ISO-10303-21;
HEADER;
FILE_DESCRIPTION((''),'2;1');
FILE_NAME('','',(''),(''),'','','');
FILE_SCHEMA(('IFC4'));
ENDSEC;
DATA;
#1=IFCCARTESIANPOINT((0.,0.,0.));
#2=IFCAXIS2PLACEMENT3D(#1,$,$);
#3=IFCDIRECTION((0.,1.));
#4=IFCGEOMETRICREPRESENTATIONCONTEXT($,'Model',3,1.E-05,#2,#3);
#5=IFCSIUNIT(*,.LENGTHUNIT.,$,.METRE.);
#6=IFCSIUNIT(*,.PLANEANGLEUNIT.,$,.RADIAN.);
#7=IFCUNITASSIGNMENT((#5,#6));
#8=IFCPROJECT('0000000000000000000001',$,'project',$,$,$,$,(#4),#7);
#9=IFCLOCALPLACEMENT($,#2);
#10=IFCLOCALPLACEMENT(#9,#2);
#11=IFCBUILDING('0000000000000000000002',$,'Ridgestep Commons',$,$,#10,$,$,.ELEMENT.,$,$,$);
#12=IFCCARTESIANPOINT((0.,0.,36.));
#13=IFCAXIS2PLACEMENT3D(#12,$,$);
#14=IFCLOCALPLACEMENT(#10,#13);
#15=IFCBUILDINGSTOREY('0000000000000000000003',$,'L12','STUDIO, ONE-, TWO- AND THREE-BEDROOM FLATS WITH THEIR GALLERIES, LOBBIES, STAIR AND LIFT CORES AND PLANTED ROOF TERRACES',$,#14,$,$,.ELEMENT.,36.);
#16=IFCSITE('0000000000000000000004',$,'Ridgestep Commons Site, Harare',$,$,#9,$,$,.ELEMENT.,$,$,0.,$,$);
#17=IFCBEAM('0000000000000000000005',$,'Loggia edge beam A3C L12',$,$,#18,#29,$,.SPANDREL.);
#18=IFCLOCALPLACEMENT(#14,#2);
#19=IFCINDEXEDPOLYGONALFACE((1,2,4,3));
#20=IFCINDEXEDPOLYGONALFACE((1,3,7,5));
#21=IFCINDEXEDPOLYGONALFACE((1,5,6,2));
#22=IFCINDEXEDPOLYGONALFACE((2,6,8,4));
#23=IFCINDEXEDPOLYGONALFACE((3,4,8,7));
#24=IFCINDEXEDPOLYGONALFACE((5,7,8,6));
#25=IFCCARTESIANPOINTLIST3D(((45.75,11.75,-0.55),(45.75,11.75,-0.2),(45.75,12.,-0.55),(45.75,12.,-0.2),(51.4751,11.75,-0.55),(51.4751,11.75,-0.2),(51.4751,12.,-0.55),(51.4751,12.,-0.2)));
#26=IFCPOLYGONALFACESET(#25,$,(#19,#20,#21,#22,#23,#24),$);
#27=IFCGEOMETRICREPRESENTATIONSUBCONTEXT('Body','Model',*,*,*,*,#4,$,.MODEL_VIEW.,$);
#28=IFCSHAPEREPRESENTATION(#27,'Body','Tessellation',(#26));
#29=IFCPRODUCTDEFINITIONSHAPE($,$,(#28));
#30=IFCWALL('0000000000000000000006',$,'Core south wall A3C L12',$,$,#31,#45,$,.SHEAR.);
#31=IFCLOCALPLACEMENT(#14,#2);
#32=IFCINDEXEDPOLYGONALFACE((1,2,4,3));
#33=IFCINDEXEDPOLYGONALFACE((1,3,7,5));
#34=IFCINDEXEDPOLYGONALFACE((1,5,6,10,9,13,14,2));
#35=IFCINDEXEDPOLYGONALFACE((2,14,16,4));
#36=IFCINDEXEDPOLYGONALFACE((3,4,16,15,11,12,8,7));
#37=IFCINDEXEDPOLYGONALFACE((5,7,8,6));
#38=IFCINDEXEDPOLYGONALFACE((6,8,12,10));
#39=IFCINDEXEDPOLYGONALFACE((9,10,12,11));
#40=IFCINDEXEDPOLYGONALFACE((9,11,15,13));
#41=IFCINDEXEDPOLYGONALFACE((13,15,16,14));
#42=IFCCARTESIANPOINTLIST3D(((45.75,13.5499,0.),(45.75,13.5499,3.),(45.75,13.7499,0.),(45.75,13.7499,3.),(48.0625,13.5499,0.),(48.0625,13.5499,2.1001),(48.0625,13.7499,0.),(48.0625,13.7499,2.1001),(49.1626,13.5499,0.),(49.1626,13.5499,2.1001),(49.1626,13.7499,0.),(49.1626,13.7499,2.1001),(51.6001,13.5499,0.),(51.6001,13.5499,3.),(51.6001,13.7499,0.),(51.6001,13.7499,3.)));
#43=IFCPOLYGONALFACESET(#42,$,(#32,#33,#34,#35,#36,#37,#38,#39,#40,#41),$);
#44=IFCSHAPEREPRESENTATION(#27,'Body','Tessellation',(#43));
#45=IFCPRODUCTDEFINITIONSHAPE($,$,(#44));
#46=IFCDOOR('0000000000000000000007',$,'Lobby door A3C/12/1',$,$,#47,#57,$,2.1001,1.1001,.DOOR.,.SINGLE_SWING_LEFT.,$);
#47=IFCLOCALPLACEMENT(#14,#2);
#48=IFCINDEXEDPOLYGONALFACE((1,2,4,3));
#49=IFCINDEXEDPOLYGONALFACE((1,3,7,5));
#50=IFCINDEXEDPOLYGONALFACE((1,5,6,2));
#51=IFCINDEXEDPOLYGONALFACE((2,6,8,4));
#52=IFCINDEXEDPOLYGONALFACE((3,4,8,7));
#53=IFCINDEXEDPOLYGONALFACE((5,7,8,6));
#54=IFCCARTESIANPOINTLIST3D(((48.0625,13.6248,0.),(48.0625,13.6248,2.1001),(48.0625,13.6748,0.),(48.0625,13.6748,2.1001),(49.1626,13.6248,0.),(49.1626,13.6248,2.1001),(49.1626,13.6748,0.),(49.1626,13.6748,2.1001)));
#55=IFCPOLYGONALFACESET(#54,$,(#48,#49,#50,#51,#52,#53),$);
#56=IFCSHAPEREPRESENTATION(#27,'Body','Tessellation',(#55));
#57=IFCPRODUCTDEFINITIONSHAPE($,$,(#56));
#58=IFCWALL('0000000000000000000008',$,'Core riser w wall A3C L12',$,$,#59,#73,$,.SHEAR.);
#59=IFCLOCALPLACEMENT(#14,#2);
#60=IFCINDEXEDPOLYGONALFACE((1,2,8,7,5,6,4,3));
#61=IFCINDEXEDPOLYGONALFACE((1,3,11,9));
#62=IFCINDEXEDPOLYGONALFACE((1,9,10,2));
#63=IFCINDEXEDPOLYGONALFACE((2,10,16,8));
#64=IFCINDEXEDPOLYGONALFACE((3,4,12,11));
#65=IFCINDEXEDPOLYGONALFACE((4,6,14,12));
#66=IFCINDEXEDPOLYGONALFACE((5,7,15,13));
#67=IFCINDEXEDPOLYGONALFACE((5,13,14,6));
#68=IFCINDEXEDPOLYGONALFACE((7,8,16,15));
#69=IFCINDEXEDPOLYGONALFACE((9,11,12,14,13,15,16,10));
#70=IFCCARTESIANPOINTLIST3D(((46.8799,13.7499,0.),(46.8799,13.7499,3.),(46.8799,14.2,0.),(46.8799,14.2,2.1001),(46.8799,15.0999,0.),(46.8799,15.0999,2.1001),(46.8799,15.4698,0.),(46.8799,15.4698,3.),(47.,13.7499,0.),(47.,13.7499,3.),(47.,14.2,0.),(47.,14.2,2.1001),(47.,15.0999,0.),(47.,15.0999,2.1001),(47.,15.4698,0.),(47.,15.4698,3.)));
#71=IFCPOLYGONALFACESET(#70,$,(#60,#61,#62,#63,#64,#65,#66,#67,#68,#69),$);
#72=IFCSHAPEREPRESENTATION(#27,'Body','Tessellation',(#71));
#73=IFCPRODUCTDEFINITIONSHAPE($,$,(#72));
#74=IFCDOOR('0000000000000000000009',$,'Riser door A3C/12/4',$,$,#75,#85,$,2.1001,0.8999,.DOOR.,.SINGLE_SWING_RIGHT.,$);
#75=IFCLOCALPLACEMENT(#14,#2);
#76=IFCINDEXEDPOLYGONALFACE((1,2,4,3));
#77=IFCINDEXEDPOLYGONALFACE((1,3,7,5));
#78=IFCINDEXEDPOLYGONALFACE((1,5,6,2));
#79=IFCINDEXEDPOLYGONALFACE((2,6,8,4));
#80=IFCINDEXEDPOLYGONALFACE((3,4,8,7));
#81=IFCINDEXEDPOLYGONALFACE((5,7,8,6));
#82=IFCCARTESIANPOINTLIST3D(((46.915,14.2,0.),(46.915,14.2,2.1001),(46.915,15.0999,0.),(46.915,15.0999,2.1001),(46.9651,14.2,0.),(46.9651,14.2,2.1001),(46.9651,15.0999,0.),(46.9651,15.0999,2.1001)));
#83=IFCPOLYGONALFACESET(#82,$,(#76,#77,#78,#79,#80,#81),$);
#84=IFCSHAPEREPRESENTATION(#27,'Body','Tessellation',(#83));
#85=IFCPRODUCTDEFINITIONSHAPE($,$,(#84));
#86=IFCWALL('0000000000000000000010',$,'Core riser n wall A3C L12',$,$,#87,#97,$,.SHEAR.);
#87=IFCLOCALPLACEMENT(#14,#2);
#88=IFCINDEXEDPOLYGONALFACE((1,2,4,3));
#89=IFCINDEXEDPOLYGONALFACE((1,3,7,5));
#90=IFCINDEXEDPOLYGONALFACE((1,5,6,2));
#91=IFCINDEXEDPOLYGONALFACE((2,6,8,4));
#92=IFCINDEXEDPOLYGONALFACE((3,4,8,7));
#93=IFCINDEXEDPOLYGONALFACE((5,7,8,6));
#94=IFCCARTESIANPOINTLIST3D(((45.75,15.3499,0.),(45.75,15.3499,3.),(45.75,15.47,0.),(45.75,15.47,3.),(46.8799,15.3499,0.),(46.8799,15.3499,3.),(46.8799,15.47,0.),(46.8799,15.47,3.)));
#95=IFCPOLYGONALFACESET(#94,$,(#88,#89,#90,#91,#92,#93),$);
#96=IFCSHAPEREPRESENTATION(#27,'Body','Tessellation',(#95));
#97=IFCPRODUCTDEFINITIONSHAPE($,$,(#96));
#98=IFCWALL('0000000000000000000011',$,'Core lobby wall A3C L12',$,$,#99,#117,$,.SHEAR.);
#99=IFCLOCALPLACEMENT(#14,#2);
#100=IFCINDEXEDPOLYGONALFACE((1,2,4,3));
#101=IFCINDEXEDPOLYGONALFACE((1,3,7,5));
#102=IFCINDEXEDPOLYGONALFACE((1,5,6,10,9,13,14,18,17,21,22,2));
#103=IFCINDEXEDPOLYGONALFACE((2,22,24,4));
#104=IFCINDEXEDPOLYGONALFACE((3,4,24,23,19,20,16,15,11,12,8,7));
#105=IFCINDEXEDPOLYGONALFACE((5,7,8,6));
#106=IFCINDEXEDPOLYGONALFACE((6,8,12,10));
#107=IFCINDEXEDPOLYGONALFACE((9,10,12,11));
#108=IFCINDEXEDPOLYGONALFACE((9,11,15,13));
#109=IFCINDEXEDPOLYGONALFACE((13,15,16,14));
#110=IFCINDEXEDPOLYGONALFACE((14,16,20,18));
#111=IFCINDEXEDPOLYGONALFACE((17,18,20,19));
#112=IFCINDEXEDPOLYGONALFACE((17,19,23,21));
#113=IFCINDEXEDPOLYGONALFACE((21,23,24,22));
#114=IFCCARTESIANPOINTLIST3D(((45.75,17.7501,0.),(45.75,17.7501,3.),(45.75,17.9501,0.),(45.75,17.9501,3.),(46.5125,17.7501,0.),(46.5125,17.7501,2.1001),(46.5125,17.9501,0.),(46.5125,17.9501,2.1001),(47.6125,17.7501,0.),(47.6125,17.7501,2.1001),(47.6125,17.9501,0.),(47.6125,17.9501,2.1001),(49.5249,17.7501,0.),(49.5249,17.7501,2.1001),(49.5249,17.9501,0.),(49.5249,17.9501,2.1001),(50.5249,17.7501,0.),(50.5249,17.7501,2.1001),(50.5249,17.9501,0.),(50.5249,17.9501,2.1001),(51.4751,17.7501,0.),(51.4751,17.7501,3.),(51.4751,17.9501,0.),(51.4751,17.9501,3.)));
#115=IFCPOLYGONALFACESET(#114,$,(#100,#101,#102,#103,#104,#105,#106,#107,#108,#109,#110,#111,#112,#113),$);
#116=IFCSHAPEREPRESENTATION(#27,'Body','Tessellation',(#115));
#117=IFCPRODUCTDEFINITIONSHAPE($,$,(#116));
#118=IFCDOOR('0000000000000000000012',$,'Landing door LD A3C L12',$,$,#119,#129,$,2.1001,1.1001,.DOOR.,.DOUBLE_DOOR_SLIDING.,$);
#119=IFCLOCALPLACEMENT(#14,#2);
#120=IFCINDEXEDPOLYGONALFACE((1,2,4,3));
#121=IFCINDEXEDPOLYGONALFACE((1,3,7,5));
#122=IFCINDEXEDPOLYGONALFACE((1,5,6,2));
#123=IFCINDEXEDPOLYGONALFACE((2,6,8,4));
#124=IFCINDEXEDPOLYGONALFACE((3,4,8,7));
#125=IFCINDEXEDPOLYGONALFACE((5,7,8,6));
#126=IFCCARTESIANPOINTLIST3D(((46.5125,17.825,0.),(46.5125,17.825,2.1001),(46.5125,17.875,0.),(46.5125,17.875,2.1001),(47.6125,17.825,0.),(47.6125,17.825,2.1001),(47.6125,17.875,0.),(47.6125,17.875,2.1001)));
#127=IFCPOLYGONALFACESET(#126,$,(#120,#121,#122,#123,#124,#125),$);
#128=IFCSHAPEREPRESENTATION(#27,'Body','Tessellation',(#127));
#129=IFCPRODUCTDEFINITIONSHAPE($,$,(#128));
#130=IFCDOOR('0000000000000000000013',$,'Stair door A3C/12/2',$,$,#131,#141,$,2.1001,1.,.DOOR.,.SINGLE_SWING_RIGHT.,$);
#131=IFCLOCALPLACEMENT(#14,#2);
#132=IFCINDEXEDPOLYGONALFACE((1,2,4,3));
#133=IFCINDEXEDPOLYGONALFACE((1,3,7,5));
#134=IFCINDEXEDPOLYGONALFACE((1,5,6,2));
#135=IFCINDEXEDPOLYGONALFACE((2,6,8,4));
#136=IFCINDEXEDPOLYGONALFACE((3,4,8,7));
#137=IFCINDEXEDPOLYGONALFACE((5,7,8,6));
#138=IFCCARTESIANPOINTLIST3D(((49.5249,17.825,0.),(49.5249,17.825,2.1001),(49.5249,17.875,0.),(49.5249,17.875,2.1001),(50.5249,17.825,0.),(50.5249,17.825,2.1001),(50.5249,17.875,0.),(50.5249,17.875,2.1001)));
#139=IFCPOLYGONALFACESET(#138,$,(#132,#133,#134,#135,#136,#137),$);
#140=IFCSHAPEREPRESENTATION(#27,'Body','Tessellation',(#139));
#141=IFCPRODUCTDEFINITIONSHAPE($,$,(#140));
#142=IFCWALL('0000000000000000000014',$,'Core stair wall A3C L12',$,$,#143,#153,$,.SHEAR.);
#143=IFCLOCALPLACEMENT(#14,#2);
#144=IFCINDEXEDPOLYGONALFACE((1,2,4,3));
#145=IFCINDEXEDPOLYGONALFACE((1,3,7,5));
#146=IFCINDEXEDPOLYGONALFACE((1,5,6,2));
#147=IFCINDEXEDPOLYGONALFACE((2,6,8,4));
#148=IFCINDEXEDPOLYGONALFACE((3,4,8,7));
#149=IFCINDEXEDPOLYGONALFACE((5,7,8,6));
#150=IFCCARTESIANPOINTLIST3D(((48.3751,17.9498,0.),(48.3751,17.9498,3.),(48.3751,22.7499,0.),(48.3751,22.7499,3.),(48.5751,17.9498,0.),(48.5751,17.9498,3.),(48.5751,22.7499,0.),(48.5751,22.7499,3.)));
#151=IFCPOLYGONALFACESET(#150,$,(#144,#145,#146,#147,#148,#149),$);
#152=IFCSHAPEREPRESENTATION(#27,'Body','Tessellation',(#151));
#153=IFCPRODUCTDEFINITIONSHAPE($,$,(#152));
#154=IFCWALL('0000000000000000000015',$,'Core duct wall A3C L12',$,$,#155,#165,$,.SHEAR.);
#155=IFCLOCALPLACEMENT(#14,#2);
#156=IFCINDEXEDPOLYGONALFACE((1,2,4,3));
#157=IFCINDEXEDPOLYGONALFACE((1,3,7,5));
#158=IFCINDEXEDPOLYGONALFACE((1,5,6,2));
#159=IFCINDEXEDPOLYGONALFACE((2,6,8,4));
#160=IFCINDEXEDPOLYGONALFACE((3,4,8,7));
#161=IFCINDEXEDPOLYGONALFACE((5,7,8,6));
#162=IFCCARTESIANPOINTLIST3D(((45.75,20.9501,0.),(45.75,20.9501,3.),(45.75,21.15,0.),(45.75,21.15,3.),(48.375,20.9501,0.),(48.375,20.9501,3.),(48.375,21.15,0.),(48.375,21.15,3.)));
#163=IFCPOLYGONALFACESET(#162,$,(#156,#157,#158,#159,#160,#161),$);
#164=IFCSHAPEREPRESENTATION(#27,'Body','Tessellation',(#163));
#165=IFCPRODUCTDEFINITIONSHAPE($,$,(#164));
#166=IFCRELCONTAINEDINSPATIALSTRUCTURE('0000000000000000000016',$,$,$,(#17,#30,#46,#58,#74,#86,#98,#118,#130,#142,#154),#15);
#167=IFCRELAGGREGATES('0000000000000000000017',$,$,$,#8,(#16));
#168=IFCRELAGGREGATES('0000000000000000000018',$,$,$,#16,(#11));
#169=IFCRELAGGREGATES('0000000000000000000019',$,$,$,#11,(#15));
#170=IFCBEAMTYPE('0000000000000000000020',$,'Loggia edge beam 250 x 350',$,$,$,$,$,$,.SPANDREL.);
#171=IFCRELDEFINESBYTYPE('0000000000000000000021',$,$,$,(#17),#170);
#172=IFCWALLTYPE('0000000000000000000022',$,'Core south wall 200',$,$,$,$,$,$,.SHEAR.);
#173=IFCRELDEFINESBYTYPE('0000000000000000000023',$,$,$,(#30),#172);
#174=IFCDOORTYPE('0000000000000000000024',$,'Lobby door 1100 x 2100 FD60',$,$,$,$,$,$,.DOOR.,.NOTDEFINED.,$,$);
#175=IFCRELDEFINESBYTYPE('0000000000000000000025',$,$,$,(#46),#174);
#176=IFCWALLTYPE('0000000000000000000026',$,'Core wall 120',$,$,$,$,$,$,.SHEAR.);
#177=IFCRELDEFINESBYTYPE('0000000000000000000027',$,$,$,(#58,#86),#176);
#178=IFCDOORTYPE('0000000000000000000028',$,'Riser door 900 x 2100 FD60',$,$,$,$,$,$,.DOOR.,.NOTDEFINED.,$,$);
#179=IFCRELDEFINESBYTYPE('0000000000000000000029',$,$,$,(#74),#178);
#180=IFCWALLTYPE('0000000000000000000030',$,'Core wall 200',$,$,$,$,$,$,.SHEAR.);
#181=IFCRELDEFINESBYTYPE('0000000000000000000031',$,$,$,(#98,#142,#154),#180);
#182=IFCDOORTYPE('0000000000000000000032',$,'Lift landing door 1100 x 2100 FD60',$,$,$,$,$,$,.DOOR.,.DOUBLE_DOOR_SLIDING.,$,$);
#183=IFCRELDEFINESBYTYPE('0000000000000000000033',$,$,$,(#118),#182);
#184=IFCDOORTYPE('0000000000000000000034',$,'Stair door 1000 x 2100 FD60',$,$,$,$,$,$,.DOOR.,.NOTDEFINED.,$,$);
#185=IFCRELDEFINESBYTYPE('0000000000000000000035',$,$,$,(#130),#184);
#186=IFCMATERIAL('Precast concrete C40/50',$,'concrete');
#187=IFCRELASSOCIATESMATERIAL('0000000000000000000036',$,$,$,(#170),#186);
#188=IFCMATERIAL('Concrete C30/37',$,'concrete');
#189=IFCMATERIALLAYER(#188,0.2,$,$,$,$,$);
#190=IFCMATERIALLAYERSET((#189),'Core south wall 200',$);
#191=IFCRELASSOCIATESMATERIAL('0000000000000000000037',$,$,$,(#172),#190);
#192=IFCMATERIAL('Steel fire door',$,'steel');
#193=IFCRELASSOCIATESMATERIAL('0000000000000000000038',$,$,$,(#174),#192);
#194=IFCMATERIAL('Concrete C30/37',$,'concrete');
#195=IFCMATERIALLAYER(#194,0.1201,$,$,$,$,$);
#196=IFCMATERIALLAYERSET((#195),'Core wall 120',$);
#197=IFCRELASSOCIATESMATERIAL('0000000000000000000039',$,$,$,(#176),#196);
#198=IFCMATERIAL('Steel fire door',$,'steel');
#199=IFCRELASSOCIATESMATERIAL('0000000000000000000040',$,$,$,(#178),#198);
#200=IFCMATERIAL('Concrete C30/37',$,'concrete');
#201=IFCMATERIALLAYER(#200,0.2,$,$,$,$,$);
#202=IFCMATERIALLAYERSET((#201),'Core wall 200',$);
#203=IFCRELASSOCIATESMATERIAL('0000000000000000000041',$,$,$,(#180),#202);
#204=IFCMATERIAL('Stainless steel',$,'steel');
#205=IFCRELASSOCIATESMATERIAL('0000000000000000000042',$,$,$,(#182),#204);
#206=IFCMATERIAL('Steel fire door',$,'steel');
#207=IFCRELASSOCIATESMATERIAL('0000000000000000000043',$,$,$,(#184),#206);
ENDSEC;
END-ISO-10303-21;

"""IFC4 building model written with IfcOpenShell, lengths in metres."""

from ifc_helpers import new_model, si_unit, direction, frame, frame_2d, origin, origin_2d, place, context, subcontext, project, spatial, rectangle, extrude, material, layer, layer_set, material_profile, profile_set, type_object, element, fill, save


model = new_model("IFC4")

# Units and contexts
model_context = context("Model", 3, precision=1e-05, world=origin(), true_north=direction((0.0, 1.0)))
body_context = subcontext(model_context, "Body", "Model", "MODEL_VIEW")
ifc_project = project(units=[si_unit("LENGTHUNIT", "METRE"), si_unit("PLANEANGLEUNIT", "RADIAN")], contexts=[model_context])

# Site, building, storey
site_placement = place(None, origin())
site = spatial("IfcSite", under=ifc_project, at=site_placement, Name="Ridgestep Commons Site, Harare", CompositionType="ELEMENT", RefElevation=0.0)
building_placement = place(site_placement, origin())
building = spatial("IfcBuilding", under=site, at=building_placement, Name="Ridgestep Commons", CompositionType="ELEMENT")
storey_placement = place(building_placement, frame((0.0, 0.0, 36.0)))
storey = spatial("IfcBuildingStorey", under=building, at=storey_placement, Name="L12", Description="STUDIO, ONE-, TWO- AND THREE-BEDROOM FLATS WITH THEIR GALLERIES, LOBBIES, STAIR AND LIFT CORES AND PLANTED ROOF TERRACES", CompositionType="ELEMENT", Elevation=36.0)

# Beam
ifc_material_1 = material(Name="Precast concrete C40/50", Category="concrete")
ifc_material_profile = material_profile(ifc_material_1, rectangle(XDim=0.25, YDim=0.3501, at=origin_2d()), Name="PC 250x350")
ifc_profile_set = profile_set([ifc_material_profile], Name="Precast concrete C40/50")
beam_type = type_object("IfcBeamType", Name="Loggia edge beam 250 x 350", PredefinedType="SPANDREL", material=ifc_profile_set)
beam_placement = place(storey_placement, frame((45.75, 11.875, -0.375), z_axis=(1.0, 0.0, 0.0), x_axis=(0.0, 1.0, 0.0)))
element("IfcBeam", 1, at=beam_placement, inside=storey, type_object=beam_type, Name="Loggia edge beam A3C L12", PredefinedType="SPANDREL", context=body_context, shape_type="SweptSolid", body=[
    extrude(rectangle(XDim=0.25, YDim=0.3501, at=origin_2d()), origin(), (0.0, 0.0, 1.0), 5.7251),
])

# Walls, openings, doors
ifc_material_2 = material(Name="Concrete C30/37", Category="concrete")
ifc_layer_1 = layer(ifc_material_2, 0.2)
ifc_layer_set_1 = layer_set([ifc_layer_1], Name="Core south wall 200")
wall_type_1 = type_object("IfcWallType", Name="Core south wall 200", PredefinedType="SHEAR", material=ifc_layer_set_1)
wall_1_placement = place(storey_placement, frame((45.75, 13.6499, 0.0), z_axis=(0.0, 0.0, 1.0), x_axis=(1.0, 0.0, 0.0)))
wall_1 = element("IfcWall", 2, at=wall_1_placement, inside=storey, type_object=wall_type_1, Name="Core south wall A3C L12", PredefinedType="SHEAR", context=body_context, shape_type="SweptSolid", body=[
    extrude(rectangle(XDim=5.8501, YDim=0.2, at=frame_2d((2.925, 0.0))), origin(), (0.0, 0.0, 1.0), 3.0),
])
opening_1_placement = place(wall_1_placement, frame((2.3125, 0.0, 0.0)))
opening_1 = element("IfcOpeningElement", 3, at=opening_1_placement, cuts=wall_1, PredefinedType="OPENING", context=body_context, shape_type="SweptSolid", body=[
    extrude(rectangle(XDim=1.1001, YDim=2.1001, at=frame_2d((0.55, 1.05))), frame((0.0, 0.1099, 0.0), z_axis=(0.0, -1.0, 0.0), x_axis=(1.0, 0.0, 0.0)), (0.0, 0.0, 1.0), 0.22),
])
ifc_material_3 = material(Name="Steel fire door", Category="steel")
door_type_1 = type_object("IfcDoorType", Name="Lobby door 1100 x 2100 FD60", OperationType="NOTDEFINED", PredefinedType="DOOR", material=ifc_material_3)
door_1_placement = place(opening_1_placement, origin())
door_1 = element("IfcDoor", 4, at=door_1_placement, inside=storey, type_object=door_type_1, Name="Lobby door A3C/12/1", OperationType="SINGLE_SWING_LEFT", OverallHeight=2.1001, OverallWidth=1.1001, PredefinedType="DOOR", context=body_context, shape_type="SweptSolid", body=[
    extrude(rectangle(XDim=1.1001, YDim=2.1001, at=frame_2d((0.55, 1.05))), frame((0.0, 0.0249, 0.0), z_axis=(0.0, -1.0, 0.0), x_axis=(1.0, 0.0, 0.0)), (0.0, 0.0, 1.0), 0.05),
])
fill(opening_1, door_1)
ifc_material_4 = material(Name="Concrete C30/37", Category="concrete")
ifc_layer_2 = layer(ifc_material_4, 0.1201)
ifc_layer_set_2 = layer_set([ifc_layer_2], Name="Core wall 120")
wall_type_2 = type_object("IfcWallType", Name="Core wall 120", PredefinedType="SHEAR", material=ifc_layer_set_2)
wall_2_placement = place(storey_placement, frame((46.9399, 13.75, 0.0), z_axis=(0.0, 0.0, 1.0), x_axis=(0.0, 1.0, 0.0)))
wall_2 = element("IfcWall", 5, at=wall_2_placement, inside=storey, type_object=wall_type_2, Name="Core riser w wall A3C L12", PredefinedType="SHEAR", context=body_context, shape_type="SweptSolid", body=[
    extrude(rectangle(XDim=1.72, YDim=0.1201, at=frame_2d((0.8599, 0.0))), origin(), (0.0, 0.0, 1.0), 3.0),
])
opening_2_placement = place(wall_2_placement, frame((0.45, 0.0, 0.0)))
opening_2 = element("IfcOpeningElement", 6, at=opening_2_placement, cuts=wall_2, PredefinedType="OPENING", context=body_context, shape_type="SweptSolid", body=[
    extrude(rectangle(XDim=0.8999, YDim=2.1001, at=frame_2d((0.45, 1.05))), frame((0.0, 0.0701, 0.0), z_axis=(0.0, -1.0, 0.0), x_axis=(1.0, 0.0, 0.0)), (0.0, 0.0, 1.0), 0.1401),
])
ifc_material_5 = material(Name="Steel fire door", Category="steel")
door_type_2 = type_object("IfcDoorType", Name="Riser door 900 x 2100 FD60", OperationType="NOTDEFINED", PredefinedType="DOOR", material=ifc_material_5)
door_2_placement = place(opening_2_placement, origin())
door_2 = element("IfcDoor", 7, at=door_2_placement, inside=storey, type_object=door_type_2, Name="Riser door A3C/12/4", OperationType="SINGLE_SWING_RIGHT", OverallHeight=2.1001, OverallWidth=0.8999, PredefinedType="DOOR", context=body_context, shape_type="SweptSolid", body=[
    extrude(rectangle(XDim=0.8999, YDim=2.1001, at=frame_2d((0.45, 1.05))), frame((0.0, 0.0249, 0.0), z_axis=(0.0, -1.0, 0.0), x_axis=(1.0, 0.0, 0.0)), (0.0, 0.0, 1.0), 0.05),
])
fill(opening_2, door_2)

# Wall
wall_3_placement = place(storey_placement, frame((45.75, 15.4099, 0.0), z_axis=(0.0, 0.0, 1.0), x_axis=(1.0, 0.0, 0.0)))
element("IfcWall", 8, at=wall_3_placement, inside=storey, type_object=wall_type_2, Name="Core riser n wall A3C L12", PredefinedType="SHEAR", context=body_context, shape_type="SweptSolid", body=[
    extrude(rectangle(XDim=1.1299, YDim=0.1201, at=frame_2d((0.5649, 0.0))), origin(), (0.0, 0.0, 1.0), 3.0),
])

# Wall, openings, doors
ifc_material_6 = material(Name="Concrete C30/37", Category="concrete")
ifc_layer_3 = layer(ifc_material_6, 0.2)
ifc_layer_set_3 = layer_set([ifc_layer_3], Name="Core wall 200")
wall_type_3 = type_object("IfcWallType", Name="Core wall 200", PredefinedType="SHEAR", material=ifc_layer_set_3)
wall_4_placement = place(storey_placement, frame((45.75, 17.8501, 0.0), z_axis=(0.0, 0.0, 1.0), x_axis=(1.0, 0.0, 0.0)))
wall_4 = element("IfcWall", 9, at=wall_4_placement, inside=storey, type_object=wall_type_3, Name="Core lobby wall A3C L12", PredefinedType="SHEAR", context=body_context, shape_type="SweptSolid", body=[
    extrude(rectangle(XDim=5.7251, YDim=0.2, at=frame_2d((2.8625, 0.0))), origin(), (0.0, 0.0, 1.0), 3.0),
])
opening_3_placement = place(wall_4_placement, frame((3.7749, 0.0, 0.0)))
opening_3 = element("IfcOpeningElement", 10, at=opening_3_placement, cuts=wall_4, PredefinedType="OPENING", context=body_context, shape_type="SweptSolid", body=[
    extrude(rectangle(XDim=1.0, YDim=2.1001, at=frame_2d((0.5, 1.05))), frame((0.0, 0.1099, 0.0), z_axis=(0.0, -1.0, 0.0), x_axis=(1.0, 0.0, 0.0)), (0.0, 0.0, 1.0), 0.22),
])
opening_4_placement = place(wall_4_placement, frame((0.7625, 0.0, 0.0)))
opening_4 = element("IfcOpeningElement", 11, at=opening_4_placement, cuts=wall_4, PredefinedType="OPENING", context=body_context, shape_type="SweptSolid", body=[
    extrude(rectangle(XDim=1.1001, YDim=2.1001, at=frame_2d((0.55, 1.05))), frame((0.0, 0.1099, 0.0), z_axis=(0.0, -1.0, 0.0), x_axis=(1.0, 0.0, 0.0)), (0.0, 0.0, 1.0), 0.22),
])
ifc_material_7 = material(Name="Stainless steel", Category="steel")
door_type_3 = type_object("IfcDoorType", Name="Lift landing door 1100 x 2100 FD60", OperationType="DOUBLE_DOOR_SLIDING", PredefinedType="DOOR", material=ifc_material_7)
door_3_placement = place(opening_4_placement, origin())
door_3 = element("IfcDoor", 12, at=door_3_placement, inside=storey, type_object=door_type_3, Name="Landing door LD A3C L12", OperationType="DOUBLE_DOOR_SLIDING", OverallHeight=2.1001, OverallWidth=1.1001, PredefinedType="DOOR", context=body_context, shape_type="SweptSolid", body=[
    extrude(rectangle(XDim=1.1001, YDim=2.1001, at=frame_2d((0.55, 1.05))), frame((0.0, 0.0249, 0.0), z_axis=(0.0, -1.0, 0.0), x_axis=(1.0, 0.0, 0.0)), (0.0, 0.0, 1.0), 0.05),
])
fill(opening_4, door_3)
ifc_material_8 = material(Name="Steel fire door", Category="steel")
door_type_4 = type_object("IfcDoorType", Name="Stair door 1000 x 2100 FD60", OperationType="NOTDEFINED", PredefinedType="DOOR", material=ifc_material_8)
door_4_placement = place(opening_3_placement, origin())
door_4 = element("IfcDoor", 13, at=door_4_placement, inside=storey, type_object=door_type_4, Name="Stair door A3C/12/2", OperationType="SINGLE_SWING_RIGHT", OverallHeight=2.1001, OverallWidth=1.0, PredefinedType="DOOR", context=body_context, shape_type="SweptSolid", body=[
    extrude(rectangle(XDim=1.0, YDim=2.1001, at=frame_2d((0.5, 1.05))), frame((0.0, 0.0249, 0.0), z_axis=(0.0, -1.0, 0.0), x_axis=(1.0, 0.0, 0.0)), (0.0, 0.0, 1.0), 0.05),
])
fill(opening_3, door_4)

# Walls
wall_5_placement = place(storey_placement, frame((48.4751, 17.95, 0.0), z_axis=(0.0, 0.0, 1.0), x_axis=(0.0, 1.0, 0.0)))
element("IfcWall", 14, at=wall_5_placement, inside=storey, type_object=wall_type_3, Name="Core stair wall A3C L12", PredefinedType="SHEAR", context=body_context, shape_type="SweptSolid", body=[
    extrude(rectangle(XDim=4.8, YDim=0.2, at=frame_2d((2.3999, 0.0))), origin(), (0.0, 0.0, 1.0), 3.0),
])
wall_6_placement = place(storey_placement, frame((45.75, 21.05, 0.0), z_axis=(0.0, 0.0, 1.0), x_axis=(1.0, 0.0, 0.0)))
element("IfcWall", 15, at=wall_6_placement, inside=storey, type_object=wall_type_3, Name="Core duct wall A3C L12", PredefinedType="SHEAR", context=body_context, shape_type="SweptSolid", body=[
    extrude(rectangle(XDim=2.625, YDim=0.2, at=frame_2d((1.3125, 0.0))), origin(), (0.0, 0.0, 1.0), 3.0),
])

save(model, "model.ifc")
